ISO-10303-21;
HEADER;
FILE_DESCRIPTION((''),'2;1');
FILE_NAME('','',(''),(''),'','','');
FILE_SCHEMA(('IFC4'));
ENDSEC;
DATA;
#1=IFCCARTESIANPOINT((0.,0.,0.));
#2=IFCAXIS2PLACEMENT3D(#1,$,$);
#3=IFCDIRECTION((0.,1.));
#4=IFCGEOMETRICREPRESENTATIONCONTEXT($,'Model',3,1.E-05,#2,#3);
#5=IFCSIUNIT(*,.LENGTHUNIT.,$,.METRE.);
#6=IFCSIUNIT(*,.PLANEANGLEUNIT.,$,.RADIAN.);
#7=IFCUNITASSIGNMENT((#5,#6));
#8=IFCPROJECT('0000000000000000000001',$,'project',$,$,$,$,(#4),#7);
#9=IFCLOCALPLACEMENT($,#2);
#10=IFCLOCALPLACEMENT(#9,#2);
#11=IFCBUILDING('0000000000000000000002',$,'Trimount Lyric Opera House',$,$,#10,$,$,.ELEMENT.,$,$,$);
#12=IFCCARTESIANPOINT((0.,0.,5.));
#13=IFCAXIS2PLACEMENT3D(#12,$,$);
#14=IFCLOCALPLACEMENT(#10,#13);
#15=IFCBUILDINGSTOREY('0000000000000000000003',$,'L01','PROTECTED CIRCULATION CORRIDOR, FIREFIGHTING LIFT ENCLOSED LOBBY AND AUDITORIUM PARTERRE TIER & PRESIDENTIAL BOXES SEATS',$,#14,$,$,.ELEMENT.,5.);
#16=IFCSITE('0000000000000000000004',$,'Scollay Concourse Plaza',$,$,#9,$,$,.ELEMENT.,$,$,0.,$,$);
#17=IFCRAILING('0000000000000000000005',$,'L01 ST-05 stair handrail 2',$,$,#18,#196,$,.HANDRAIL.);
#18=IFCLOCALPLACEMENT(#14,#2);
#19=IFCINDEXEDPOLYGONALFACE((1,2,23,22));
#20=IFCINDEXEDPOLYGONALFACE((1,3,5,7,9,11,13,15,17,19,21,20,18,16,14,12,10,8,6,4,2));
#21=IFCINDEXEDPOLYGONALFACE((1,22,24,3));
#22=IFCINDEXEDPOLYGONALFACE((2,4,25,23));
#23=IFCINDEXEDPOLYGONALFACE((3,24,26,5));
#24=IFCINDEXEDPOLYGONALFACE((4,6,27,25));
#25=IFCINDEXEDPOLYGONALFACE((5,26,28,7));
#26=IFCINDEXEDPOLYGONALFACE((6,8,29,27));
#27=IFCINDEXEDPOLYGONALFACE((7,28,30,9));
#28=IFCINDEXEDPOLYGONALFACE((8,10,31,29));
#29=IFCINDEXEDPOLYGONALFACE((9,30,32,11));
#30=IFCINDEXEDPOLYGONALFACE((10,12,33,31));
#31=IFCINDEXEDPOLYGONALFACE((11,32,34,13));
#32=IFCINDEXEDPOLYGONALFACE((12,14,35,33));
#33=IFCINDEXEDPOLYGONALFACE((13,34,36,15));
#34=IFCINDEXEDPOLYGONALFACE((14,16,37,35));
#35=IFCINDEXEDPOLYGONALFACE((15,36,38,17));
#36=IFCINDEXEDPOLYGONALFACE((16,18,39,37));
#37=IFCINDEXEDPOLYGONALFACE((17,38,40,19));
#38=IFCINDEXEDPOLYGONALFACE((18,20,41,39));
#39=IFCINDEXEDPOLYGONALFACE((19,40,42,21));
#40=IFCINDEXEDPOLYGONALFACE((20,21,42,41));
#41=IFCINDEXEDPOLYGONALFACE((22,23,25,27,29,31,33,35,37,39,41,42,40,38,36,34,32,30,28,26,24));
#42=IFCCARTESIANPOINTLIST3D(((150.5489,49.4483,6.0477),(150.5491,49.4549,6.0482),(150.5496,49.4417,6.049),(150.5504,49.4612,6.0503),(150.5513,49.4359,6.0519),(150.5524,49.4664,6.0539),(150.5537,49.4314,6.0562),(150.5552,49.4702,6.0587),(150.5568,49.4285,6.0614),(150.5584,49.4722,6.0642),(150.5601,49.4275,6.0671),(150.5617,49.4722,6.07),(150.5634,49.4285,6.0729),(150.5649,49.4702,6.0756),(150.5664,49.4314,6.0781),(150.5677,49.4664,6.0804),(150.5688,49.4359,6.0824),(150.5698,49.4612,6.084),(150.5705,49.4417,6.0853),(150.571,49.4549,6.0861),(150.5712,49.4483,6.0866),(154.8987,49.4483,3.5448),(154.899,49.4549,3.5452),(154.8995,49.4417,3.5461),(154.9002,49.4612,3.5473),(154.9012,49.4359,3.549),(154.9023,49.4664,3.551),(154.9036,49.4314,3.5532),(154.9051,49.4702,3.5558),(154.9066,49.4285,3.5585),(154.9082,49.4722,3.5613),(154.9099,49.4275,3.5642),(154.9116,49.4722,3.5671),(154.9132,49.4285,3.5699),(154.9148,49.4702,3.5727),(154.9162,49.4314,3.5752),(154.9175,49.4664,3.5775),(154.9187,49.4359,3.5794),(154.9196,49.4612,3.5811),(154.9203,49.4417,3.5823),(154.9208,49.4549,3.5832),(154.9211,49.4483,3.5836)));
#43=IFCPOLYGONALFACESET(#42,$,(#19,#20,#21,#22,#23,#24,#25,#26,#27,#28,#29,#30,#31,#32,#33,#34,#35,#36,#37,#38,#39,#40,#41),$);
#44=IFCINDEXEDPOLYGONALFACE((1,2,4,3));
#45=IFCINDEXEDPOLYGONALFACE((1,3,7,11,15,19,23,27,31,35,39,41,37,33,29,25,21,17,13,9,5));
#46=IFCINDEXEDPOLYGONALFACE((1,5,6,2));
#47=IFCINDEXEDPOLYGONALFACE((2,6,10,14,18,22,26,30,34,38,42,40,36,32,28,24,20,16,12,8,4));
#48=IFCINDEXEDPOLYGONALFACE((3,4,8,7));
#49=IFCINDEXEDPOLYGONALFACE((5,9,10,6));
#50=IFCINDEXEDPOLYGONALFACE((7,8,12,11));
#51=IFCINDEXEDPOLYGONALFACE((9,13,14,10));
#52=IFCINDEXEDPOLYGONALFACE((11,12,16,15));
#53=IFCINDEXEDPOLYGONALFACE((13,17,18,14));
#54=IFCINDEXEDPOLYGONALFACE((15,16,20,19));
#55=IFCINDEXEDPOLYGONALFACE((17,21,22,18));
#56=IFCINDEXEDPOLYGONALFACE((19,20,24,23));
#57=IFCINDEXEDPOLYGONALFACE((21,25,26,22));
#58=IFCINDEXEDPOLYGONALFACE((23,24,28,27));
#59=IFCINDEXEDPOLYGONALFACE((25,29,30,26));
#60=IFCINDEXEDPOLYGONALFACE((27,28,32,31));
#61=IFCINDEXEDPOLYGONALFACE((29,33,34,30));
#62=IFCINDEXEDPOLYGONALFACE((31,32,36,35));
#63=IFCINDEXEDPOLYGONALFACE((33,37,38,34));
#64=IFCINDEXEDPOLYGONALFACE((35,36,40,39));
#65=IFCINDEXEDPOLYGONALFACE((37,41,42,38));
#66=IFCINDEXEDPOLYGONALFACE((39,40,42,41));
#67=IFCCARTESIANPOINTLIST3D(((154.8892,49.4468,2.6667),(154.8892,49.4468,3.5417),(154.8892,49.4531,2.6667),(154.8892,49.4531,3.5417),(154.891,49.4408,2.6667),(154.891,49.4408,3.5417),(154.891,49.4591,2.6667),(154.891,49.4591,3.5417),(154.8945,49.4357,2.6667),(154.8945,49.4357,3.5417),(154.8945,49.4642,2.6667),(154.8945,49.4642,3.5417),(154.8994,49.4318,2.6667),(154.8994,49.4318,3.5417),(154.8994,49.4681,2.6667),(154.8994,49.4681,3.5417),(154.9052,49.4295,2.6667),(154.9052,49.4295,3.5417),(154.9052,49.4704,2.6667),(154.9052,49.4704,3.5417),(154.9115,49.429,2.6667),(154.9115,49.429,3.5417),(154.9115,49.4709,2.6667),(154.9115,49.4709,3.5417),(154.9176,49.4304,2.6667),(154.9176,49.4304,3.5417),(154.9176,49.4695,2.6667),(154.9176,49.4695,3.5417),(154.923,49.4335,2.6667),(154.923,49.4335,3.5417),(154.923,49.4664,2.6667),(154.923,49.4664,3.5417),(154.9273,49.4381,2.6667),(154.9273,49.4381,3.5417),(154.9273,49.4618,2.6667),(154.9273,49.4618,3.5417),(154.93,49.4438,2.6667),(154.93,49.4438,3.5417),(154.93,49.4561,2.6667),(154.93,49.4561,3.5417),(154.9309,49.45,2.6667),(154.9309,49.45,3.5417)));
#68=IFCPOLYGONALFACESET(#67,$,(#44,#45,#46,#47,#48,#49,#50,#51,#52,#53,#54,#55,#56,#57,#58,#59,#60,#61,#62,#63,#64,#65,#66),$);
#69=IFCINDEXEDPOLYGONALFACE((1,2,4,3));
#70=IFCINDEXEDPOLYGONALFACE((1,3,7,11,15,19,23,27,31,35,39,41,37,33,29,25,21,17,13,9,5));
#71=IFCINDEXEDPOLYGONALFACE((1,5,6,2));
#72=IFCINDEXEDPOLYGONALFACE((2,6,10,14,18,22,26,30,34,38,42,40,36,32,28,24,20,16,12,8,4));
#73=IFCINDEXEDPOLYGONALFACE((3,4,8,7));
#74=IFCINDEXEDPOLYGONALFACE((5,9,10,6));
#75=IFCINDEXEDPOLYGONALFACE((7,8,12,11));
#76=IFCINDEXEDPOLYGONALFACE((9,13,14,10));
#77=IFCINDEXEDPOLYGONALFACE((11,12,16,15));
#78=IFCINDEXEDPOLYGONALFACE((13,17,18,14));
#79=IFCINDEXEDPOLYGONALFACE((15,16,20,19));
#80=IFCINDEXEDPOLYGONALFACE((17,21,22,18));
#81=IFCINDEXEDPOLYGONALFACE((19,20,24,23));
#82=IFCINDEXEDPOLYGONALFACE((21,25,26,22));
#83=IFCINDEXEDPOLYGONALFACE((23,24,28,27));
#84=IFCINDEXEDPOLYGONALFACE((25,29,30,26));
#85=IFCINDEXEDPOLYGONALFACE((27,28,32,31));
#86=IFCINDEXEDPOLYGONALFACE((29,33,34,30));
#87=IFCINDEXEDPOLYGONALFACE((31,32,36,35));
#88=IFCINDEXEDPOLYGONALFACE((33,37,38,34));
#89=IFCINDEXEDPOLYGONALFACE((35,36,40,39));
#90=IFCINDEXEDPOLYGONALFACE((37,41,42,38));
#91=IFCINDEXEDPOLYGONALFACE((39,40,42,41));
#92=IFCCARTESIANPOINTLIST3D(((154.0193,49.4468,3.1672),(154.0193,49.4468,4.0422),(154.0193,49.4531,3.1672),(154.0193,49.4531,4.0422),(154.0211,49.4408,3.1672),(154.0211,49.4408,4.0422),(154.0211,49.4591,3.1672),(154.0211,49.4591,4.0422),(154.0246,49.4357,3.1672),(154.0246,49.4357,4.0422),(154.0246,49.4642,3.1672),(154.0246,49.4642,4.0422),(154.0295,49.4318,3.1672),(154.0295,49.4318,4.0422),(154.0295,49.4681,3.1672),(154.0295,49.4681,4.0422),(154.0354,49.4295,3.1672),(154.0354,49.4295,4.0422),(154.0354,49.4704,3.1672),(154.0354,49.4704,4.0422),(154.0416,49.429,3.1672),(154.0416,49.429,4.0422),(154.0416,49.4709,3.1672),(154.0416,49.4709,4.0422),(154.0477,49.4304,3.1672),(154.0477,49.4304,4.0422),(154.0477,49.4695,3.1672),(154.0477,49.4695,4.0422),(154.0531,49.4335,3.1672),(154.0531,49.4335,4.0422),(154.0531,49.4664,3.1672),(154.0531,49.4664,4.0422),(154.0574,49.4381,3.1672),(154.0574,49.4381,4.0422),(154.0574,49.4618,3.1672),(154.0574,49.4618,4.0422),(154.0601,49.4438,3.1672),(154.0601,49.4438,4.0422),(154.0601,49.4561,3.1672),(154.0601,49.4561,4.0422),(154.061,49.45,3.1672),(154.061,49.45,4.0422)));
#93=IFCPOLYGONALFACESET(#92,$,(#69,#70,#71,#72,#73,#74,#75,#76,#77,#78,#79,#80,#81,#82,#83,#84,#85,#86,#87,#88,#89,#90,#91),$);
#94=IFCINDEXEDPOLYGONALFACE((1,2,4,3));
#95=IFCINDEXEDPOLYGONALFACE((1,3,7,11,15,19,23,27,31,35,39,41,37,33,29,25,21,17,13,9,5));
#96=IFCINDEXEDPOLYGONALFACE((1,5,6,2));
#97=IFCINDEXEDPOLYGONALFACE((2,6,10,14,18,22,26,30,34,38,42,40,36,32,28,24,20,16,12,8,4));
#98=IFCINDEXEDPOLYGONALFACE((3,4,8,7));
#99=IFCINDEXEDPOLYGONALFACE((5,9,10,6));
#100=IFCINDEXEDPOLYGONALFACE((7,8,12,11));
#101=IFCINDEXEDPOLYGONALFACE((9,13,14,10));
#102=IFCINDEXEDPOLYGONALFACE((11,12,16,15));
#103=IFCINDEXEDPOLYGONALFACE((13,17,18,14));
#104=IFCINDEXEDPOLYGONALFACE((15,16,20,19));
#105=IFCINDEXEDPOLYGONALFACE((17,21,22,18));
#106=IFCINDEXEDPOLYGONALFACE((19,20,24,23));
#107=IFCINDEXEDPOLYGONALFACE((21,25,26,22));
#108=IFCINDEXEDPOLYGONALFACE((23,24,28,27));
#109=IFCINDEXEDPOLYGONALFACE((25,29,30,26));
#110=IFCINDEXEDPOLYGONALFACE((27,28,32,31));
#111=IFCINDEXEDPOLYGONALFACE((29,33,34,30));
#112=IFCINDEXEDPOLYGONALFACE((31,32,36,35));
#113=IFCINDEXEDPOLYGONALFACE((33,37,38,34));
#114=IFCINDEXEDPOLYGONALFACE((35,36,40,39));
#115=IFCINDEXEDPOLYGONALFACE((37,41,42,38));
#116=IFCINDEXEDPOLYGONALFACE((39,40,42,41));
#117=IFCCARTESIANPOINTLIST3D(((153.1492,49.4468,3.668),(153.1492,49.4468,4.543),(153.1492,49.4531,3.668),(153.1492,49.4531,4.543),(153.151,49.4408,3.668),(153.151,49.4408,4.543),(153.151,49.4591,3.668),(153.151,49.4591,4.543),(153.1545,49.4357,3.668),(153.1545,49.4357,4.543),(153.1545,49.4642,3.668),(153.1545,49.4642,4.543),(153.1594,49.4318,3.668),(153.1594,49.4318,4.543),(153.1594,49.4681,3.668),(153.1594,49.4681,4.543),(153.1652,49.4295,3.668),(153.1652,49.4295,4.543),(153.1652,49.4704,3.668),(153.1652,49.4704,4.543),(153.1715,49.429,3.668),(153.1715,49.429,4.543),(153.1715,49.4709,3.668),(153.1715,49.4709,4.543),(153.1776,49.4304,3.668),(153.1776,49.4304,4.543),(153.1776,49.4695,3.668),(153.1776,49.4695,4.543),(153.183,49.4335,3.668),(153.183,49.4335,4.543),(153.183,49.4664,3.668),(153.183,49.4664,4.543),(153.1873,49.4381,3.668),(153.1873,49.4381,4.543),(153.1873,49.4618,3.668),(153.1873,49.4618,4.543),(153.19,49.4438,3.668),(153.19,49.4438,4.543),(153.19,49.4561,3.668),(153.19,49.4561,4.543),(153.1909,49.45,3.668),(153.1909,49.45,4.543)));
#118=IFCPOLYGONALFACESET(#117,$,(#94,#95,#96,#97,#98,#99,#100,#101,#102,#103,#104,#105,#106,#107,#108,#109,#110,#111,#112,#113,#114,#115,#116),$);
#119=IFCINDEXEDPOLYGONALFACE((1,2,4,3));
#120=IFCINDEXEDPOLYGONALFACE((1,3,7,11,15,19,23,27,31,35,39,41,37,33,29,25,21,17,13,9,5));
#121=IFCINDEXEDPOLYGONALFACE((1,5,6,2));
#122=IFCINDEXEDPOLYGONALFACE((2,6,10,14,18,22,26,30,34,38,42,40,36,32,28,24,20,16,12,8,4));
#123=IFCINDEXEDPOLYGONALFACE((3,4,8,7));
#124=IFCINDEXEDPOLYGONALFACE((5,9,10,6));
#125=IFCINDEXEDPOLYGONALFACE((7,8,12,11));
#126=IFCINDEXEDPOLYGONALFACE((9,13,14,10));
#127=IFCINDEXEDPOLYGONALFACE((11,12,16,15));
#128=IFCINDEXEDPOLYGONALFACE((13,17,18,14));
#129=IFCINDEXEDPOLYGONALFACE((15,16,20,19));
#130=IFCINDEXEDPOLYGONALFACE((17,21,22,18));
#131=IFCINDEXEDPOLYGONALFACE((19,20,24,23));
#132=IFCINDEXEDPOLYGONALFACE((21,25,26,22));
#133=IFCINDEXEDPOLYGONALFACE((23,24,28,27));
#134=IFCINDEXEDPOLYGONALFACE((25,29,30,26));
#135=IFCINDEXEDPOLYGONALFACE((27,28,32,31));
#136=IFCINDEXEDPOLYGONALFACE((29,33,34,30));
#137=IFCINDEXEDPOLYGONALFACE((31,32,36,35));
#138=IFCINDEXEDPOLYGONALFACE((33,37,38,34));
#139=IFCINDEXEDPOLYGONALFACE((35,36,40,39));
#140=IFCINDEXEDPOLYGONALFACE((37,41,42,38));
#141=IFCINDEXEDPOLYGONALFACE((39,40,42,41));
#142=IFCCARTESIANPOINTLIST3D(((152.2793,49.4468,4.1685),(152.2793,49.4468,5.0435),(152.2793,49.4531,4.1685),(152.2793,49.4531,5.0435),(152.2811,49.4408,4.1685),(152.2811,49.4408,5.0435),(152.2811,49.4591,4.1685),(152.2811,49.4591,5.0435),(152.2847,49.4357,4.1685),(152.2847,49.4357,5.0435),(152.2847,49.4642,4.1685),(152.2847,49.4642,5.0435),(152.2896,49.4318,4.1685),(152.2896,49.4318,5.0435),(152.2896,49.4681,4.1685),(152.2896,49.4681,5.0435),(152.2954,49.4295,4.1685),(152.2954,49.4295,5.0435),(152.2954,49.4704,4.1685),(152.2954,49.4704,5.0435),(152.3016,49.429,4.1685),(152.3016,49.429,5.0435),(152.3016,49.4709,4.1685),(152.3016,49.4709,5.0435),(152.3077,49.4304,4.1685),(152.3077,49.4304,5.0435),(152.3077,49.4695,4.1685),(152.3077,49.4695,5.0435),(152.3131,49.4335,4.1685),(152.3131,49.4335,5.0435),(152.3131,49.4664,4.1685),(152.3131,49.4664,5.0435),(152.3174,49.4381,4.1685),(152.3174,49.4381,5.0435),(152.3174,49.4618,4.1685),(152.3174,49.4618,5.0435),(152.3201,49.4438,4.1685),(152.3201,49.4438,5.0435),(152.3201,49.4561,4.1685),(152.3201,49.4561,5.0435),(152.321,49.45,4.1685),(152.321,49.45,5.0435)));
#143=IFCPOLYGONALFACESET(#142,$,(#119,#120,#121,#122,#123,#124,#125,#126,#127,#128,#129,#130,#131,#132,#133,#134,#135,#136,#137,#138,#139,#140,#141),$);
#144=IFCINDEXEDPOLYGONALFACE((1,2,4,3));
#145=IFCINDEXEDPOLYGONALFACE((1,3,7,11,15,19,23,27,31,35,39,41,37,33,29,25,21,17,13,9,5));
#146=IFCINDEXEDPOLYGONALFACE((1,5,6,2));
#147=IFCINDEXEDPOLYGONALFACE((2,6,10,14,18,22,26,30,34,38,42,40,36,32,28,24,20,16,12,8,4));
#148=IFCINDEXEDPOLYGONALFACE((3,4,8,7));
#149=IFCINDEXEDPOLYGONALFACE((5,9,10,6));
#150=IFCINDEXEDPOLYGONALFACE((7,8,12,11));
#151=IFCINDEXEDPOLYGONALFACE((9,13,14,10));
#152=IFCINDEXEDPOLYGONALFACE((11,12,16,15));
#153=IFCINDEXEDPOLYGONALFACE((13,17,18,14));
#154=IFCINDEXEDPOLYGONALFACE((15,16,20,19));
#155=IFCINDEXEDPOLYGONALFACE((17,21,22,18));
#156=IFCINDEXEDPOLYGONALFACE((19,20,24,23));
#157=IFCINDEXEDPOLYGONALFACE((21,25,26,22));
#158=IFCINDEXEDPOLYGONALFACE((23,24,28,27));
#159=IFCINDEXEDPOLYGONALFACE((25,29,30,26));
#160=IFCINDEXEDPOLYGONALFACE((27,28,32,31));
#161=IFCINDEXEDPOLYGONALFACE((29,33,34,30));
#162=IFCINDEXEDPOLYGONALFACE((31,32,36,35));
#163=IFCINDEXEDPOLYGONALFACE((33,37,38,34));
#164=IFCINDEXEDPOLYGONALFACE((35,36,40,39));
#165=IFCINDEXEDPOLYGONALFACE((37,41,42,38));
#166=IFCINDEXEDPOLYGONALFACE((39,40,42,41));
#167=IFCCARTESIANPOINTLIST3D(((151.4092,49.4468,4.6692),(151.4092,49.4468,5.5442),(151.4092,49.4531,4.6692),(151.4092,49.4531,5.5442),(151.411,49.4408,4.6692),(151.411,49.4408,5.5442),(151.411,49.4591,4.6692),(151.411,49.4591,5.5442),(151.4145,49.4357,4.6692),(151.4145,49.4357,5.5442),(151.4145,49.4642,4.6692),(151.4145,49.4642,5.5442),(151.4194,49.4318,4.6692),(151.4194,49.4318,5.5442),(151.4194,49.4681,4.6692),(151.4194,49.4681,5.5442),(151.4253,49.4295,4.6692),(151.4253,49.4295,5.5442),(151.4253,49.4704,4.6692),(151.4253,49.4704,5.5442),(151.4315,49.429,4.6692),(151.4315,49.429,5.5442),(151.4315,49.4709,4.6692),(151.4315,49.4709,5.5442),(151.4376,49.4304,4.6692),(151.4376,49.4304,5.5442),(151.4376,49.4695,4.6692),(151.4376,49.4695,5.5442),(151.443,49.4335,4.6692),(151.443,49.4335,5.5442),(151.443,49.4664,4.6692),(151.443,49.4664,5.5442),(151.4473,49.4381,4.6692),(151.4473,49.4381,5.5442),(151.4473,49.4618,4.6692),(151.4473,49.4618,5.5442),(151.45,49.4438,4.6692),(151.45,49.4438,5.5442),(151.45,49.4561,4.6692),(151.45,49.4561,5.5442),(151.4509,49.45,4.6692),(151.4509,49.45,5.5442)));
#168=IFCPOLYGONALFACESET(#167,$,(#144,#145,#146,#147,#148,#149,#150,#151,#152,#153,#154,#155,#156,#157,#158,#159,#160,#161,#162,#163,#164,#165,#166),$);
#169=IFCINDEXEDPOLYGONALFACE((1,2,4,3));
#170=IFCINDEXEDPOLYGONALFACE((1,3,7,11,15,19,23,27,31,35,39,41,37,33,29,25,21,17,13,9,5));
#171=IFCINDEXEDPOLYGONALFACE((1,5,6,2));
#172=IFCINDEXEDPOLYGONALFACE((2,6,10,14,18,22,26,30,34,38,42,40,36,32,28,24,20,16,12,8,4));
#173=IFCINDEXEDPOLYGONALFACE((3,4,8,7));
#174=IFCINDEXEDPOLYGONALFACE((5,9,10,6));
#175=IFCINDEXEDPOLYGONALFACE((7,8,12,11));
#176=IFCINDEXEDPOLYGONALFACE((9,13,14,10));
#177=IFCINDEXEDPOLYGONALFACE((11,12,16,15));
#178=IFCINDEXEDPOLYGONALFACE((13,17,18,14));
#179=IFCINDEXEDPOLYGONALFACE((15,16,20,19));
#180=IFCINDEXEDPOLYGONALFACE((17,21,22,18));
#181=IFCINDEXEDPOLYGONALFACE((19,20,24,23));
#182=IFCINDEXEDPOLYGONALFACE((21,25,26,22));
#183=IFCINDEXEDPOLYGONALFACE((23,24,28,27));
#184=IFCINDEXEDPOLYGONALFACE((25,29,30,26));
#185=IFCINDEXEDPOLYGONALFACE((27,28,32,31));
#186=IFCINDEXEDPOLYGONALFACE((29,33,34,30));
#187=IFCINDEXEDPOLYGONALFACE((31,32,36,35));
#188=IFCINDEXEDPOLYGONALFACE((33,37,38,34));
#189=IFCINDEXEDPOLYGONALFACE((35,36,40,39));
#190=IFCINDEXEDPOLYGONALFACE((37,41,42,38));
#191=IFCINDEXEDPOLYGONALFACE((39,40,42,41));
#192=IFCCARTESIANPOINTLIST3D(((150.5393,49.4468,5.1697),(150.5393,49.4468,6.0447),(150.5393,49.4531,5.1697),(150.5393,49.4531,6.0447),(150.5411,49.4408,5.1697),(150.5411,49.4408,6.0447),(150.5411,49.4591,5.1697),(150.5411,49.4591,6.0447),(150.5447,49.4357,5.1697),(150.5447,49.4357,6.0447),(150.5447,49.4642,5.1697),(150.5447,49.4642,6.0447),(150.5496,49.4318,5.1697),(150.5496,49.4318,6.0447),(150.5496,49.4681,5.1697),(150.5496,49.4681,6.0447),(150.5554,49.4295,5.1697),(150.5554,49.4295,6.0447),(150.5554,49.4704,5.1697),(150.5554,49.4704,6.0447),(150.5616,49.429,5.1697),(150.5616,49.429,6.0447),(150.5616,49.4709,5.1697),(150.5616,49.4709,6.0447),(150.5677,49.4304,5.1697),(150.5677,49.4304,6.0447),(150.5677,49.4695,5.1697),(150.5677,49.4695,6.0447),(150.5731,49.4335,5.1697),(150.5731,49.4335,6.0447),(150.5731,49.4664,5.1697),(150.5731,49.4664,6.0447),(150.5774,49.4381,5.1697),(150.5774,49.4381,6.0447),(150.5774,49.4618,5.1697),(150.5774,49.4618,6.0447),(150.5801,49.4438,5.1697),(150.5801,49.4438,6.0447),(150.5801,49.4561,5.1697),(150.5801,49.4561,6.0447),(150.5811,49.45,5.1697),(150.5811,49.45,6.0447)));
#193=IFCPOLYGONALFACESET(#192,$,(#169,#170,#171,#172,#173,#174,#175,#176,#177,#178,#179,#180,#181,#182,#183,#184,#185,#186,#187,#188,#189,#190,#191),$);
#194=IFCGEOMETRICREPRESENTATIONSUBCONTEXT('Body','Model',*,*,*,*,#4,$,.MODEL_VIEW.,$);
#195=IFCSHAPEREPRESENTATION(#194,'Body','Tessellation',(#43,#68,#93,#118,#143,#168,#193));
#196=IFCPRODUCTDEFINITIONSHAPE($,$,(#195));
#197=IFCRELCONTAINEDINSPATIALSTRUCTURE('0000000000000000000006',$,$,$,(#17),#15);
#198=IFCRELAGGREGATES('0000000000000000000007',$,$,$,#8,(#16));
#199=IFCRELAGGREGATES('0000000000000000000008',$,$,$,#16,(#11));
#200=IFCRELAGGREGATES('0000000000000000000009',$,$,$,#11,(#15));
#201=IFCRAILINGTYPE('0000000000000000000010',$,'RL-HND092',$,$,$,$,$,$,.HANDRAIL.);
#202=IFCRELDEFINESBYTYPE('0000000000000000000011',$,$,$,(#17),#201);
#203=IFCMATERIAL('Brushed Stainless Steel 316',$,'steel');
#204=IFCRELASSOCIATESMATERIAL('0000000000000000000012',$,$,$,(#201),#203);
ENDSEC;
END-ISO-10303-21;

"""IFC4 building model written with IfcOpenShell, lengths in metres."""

from ifc_helpers import new_model, si_unit, direction, frame, origin, origin_2d, place, context, subcontext, project, spatial, circle, extrude, material, type_object, element, save


model = new_model("IFC4")

# Units and contexts
model_context = context("Model", 3, precision=1e-05, world=origin(), true_north=direction((0.0, 1.0)))
body_context = subcontext(model_context, "Body", "Model", "MODEL_VIEW")
ifc_project = project(units=[si_unit("LENGTHUNIT", "METRE"), si_unit("PLANEANGLEUNIT", "RADIAN")], contexts=[model_context])

# Site, building, storey
site_placement = place(None, origin())
site = spatial("IfcSite", under=ifc_project, at=site_placement, Name="Scollay Concourse Plaza", CompositionType="ELEMENT", RefElevation=0.0)
building_placement = place(site_placement, origin())
building = spatial("IfcBuilding", under=site, at=building_placement, Name="Trimount Lyric Opera House", CompositionType="ELEMENT")
storey_placement = place(building_placement, frame((0.0, 0.0, 5.0)))
storey = spatial("IfcBuildingStorey", under=building, at=storey_placement, Name="L01", Description="PROTECTED CIRCULATION CORRIDOR, FIREFIGHTING LIFT ENCLOSED LOBBY AND AUDITORIUM PARTERRE TIER & PRESIDENTIAL BOXES SEATS", CompositionType="ELEMENT", Elevation=5.0)

# Railing
ifc_material_1 = material(Name="Brushed Stainless Steel 316", Category="steel")
railing_type_1 = type_object("IfcRailingType", Name="RL-HND092", PredefinedType="HANDRAIL", material=ifc_material_1)
railing_1_placement = place(storey_placement, frame((154.9099, 49.45, 2.6667)))
element("IfcRailing", 1, at=railing_1_placement, inside=storey, type_object=railing_type_1, Name="L01 ST-05 stair handrail 2", PredefinedType="HANDRAIL", context=body_context, shape_type="SweptSolid", body=[
    extrude(circle(Radius=0.0225, at=origin_2d()), frame((0.0, 0.0, 0.8975), z_axis=(-0.866754, 0.0, 0.498735), x_axis=(0.0, -1.0, 0.0)), (0.0, 0.0, 1.0), 5.0186),
    extrude(circle(Radius=0.021, at=origin_2d()), origin(), (0.0, 0.0, 1.0), 0.875),
    extrude(circle(Radius=0.021, at=origin_2d()), frame((-0.8699, 0.0, 0.5005)), (0.0, 0.0, 1.0), 0.875),
    extrude(circle(Radius=0.021, at=origin_2d()), frame((-1.74, 0.0, 1.0012)), (0.0, 0.0, 1.0), 0.875),
    extrude(circle(Radius=0.021, at=origin_2d()), frame((-2.6099, 0.0, 1.5017)), (0.0, 0.0, 1.0), 0.875),
    extrude(circle(Radius=0.021, at=origin_2d()), frame((-3.48, 0.0, 2.0024)), (0.0, 0.0, 1.0), 0.875),
    extrude(circle(Radius=0.021, at=origin_2d()), frame((-4.3499, 0.0, 2.5029)), (0.0, 0.0, 1.0), 0.875),
])

save(model, "model.ifc")
